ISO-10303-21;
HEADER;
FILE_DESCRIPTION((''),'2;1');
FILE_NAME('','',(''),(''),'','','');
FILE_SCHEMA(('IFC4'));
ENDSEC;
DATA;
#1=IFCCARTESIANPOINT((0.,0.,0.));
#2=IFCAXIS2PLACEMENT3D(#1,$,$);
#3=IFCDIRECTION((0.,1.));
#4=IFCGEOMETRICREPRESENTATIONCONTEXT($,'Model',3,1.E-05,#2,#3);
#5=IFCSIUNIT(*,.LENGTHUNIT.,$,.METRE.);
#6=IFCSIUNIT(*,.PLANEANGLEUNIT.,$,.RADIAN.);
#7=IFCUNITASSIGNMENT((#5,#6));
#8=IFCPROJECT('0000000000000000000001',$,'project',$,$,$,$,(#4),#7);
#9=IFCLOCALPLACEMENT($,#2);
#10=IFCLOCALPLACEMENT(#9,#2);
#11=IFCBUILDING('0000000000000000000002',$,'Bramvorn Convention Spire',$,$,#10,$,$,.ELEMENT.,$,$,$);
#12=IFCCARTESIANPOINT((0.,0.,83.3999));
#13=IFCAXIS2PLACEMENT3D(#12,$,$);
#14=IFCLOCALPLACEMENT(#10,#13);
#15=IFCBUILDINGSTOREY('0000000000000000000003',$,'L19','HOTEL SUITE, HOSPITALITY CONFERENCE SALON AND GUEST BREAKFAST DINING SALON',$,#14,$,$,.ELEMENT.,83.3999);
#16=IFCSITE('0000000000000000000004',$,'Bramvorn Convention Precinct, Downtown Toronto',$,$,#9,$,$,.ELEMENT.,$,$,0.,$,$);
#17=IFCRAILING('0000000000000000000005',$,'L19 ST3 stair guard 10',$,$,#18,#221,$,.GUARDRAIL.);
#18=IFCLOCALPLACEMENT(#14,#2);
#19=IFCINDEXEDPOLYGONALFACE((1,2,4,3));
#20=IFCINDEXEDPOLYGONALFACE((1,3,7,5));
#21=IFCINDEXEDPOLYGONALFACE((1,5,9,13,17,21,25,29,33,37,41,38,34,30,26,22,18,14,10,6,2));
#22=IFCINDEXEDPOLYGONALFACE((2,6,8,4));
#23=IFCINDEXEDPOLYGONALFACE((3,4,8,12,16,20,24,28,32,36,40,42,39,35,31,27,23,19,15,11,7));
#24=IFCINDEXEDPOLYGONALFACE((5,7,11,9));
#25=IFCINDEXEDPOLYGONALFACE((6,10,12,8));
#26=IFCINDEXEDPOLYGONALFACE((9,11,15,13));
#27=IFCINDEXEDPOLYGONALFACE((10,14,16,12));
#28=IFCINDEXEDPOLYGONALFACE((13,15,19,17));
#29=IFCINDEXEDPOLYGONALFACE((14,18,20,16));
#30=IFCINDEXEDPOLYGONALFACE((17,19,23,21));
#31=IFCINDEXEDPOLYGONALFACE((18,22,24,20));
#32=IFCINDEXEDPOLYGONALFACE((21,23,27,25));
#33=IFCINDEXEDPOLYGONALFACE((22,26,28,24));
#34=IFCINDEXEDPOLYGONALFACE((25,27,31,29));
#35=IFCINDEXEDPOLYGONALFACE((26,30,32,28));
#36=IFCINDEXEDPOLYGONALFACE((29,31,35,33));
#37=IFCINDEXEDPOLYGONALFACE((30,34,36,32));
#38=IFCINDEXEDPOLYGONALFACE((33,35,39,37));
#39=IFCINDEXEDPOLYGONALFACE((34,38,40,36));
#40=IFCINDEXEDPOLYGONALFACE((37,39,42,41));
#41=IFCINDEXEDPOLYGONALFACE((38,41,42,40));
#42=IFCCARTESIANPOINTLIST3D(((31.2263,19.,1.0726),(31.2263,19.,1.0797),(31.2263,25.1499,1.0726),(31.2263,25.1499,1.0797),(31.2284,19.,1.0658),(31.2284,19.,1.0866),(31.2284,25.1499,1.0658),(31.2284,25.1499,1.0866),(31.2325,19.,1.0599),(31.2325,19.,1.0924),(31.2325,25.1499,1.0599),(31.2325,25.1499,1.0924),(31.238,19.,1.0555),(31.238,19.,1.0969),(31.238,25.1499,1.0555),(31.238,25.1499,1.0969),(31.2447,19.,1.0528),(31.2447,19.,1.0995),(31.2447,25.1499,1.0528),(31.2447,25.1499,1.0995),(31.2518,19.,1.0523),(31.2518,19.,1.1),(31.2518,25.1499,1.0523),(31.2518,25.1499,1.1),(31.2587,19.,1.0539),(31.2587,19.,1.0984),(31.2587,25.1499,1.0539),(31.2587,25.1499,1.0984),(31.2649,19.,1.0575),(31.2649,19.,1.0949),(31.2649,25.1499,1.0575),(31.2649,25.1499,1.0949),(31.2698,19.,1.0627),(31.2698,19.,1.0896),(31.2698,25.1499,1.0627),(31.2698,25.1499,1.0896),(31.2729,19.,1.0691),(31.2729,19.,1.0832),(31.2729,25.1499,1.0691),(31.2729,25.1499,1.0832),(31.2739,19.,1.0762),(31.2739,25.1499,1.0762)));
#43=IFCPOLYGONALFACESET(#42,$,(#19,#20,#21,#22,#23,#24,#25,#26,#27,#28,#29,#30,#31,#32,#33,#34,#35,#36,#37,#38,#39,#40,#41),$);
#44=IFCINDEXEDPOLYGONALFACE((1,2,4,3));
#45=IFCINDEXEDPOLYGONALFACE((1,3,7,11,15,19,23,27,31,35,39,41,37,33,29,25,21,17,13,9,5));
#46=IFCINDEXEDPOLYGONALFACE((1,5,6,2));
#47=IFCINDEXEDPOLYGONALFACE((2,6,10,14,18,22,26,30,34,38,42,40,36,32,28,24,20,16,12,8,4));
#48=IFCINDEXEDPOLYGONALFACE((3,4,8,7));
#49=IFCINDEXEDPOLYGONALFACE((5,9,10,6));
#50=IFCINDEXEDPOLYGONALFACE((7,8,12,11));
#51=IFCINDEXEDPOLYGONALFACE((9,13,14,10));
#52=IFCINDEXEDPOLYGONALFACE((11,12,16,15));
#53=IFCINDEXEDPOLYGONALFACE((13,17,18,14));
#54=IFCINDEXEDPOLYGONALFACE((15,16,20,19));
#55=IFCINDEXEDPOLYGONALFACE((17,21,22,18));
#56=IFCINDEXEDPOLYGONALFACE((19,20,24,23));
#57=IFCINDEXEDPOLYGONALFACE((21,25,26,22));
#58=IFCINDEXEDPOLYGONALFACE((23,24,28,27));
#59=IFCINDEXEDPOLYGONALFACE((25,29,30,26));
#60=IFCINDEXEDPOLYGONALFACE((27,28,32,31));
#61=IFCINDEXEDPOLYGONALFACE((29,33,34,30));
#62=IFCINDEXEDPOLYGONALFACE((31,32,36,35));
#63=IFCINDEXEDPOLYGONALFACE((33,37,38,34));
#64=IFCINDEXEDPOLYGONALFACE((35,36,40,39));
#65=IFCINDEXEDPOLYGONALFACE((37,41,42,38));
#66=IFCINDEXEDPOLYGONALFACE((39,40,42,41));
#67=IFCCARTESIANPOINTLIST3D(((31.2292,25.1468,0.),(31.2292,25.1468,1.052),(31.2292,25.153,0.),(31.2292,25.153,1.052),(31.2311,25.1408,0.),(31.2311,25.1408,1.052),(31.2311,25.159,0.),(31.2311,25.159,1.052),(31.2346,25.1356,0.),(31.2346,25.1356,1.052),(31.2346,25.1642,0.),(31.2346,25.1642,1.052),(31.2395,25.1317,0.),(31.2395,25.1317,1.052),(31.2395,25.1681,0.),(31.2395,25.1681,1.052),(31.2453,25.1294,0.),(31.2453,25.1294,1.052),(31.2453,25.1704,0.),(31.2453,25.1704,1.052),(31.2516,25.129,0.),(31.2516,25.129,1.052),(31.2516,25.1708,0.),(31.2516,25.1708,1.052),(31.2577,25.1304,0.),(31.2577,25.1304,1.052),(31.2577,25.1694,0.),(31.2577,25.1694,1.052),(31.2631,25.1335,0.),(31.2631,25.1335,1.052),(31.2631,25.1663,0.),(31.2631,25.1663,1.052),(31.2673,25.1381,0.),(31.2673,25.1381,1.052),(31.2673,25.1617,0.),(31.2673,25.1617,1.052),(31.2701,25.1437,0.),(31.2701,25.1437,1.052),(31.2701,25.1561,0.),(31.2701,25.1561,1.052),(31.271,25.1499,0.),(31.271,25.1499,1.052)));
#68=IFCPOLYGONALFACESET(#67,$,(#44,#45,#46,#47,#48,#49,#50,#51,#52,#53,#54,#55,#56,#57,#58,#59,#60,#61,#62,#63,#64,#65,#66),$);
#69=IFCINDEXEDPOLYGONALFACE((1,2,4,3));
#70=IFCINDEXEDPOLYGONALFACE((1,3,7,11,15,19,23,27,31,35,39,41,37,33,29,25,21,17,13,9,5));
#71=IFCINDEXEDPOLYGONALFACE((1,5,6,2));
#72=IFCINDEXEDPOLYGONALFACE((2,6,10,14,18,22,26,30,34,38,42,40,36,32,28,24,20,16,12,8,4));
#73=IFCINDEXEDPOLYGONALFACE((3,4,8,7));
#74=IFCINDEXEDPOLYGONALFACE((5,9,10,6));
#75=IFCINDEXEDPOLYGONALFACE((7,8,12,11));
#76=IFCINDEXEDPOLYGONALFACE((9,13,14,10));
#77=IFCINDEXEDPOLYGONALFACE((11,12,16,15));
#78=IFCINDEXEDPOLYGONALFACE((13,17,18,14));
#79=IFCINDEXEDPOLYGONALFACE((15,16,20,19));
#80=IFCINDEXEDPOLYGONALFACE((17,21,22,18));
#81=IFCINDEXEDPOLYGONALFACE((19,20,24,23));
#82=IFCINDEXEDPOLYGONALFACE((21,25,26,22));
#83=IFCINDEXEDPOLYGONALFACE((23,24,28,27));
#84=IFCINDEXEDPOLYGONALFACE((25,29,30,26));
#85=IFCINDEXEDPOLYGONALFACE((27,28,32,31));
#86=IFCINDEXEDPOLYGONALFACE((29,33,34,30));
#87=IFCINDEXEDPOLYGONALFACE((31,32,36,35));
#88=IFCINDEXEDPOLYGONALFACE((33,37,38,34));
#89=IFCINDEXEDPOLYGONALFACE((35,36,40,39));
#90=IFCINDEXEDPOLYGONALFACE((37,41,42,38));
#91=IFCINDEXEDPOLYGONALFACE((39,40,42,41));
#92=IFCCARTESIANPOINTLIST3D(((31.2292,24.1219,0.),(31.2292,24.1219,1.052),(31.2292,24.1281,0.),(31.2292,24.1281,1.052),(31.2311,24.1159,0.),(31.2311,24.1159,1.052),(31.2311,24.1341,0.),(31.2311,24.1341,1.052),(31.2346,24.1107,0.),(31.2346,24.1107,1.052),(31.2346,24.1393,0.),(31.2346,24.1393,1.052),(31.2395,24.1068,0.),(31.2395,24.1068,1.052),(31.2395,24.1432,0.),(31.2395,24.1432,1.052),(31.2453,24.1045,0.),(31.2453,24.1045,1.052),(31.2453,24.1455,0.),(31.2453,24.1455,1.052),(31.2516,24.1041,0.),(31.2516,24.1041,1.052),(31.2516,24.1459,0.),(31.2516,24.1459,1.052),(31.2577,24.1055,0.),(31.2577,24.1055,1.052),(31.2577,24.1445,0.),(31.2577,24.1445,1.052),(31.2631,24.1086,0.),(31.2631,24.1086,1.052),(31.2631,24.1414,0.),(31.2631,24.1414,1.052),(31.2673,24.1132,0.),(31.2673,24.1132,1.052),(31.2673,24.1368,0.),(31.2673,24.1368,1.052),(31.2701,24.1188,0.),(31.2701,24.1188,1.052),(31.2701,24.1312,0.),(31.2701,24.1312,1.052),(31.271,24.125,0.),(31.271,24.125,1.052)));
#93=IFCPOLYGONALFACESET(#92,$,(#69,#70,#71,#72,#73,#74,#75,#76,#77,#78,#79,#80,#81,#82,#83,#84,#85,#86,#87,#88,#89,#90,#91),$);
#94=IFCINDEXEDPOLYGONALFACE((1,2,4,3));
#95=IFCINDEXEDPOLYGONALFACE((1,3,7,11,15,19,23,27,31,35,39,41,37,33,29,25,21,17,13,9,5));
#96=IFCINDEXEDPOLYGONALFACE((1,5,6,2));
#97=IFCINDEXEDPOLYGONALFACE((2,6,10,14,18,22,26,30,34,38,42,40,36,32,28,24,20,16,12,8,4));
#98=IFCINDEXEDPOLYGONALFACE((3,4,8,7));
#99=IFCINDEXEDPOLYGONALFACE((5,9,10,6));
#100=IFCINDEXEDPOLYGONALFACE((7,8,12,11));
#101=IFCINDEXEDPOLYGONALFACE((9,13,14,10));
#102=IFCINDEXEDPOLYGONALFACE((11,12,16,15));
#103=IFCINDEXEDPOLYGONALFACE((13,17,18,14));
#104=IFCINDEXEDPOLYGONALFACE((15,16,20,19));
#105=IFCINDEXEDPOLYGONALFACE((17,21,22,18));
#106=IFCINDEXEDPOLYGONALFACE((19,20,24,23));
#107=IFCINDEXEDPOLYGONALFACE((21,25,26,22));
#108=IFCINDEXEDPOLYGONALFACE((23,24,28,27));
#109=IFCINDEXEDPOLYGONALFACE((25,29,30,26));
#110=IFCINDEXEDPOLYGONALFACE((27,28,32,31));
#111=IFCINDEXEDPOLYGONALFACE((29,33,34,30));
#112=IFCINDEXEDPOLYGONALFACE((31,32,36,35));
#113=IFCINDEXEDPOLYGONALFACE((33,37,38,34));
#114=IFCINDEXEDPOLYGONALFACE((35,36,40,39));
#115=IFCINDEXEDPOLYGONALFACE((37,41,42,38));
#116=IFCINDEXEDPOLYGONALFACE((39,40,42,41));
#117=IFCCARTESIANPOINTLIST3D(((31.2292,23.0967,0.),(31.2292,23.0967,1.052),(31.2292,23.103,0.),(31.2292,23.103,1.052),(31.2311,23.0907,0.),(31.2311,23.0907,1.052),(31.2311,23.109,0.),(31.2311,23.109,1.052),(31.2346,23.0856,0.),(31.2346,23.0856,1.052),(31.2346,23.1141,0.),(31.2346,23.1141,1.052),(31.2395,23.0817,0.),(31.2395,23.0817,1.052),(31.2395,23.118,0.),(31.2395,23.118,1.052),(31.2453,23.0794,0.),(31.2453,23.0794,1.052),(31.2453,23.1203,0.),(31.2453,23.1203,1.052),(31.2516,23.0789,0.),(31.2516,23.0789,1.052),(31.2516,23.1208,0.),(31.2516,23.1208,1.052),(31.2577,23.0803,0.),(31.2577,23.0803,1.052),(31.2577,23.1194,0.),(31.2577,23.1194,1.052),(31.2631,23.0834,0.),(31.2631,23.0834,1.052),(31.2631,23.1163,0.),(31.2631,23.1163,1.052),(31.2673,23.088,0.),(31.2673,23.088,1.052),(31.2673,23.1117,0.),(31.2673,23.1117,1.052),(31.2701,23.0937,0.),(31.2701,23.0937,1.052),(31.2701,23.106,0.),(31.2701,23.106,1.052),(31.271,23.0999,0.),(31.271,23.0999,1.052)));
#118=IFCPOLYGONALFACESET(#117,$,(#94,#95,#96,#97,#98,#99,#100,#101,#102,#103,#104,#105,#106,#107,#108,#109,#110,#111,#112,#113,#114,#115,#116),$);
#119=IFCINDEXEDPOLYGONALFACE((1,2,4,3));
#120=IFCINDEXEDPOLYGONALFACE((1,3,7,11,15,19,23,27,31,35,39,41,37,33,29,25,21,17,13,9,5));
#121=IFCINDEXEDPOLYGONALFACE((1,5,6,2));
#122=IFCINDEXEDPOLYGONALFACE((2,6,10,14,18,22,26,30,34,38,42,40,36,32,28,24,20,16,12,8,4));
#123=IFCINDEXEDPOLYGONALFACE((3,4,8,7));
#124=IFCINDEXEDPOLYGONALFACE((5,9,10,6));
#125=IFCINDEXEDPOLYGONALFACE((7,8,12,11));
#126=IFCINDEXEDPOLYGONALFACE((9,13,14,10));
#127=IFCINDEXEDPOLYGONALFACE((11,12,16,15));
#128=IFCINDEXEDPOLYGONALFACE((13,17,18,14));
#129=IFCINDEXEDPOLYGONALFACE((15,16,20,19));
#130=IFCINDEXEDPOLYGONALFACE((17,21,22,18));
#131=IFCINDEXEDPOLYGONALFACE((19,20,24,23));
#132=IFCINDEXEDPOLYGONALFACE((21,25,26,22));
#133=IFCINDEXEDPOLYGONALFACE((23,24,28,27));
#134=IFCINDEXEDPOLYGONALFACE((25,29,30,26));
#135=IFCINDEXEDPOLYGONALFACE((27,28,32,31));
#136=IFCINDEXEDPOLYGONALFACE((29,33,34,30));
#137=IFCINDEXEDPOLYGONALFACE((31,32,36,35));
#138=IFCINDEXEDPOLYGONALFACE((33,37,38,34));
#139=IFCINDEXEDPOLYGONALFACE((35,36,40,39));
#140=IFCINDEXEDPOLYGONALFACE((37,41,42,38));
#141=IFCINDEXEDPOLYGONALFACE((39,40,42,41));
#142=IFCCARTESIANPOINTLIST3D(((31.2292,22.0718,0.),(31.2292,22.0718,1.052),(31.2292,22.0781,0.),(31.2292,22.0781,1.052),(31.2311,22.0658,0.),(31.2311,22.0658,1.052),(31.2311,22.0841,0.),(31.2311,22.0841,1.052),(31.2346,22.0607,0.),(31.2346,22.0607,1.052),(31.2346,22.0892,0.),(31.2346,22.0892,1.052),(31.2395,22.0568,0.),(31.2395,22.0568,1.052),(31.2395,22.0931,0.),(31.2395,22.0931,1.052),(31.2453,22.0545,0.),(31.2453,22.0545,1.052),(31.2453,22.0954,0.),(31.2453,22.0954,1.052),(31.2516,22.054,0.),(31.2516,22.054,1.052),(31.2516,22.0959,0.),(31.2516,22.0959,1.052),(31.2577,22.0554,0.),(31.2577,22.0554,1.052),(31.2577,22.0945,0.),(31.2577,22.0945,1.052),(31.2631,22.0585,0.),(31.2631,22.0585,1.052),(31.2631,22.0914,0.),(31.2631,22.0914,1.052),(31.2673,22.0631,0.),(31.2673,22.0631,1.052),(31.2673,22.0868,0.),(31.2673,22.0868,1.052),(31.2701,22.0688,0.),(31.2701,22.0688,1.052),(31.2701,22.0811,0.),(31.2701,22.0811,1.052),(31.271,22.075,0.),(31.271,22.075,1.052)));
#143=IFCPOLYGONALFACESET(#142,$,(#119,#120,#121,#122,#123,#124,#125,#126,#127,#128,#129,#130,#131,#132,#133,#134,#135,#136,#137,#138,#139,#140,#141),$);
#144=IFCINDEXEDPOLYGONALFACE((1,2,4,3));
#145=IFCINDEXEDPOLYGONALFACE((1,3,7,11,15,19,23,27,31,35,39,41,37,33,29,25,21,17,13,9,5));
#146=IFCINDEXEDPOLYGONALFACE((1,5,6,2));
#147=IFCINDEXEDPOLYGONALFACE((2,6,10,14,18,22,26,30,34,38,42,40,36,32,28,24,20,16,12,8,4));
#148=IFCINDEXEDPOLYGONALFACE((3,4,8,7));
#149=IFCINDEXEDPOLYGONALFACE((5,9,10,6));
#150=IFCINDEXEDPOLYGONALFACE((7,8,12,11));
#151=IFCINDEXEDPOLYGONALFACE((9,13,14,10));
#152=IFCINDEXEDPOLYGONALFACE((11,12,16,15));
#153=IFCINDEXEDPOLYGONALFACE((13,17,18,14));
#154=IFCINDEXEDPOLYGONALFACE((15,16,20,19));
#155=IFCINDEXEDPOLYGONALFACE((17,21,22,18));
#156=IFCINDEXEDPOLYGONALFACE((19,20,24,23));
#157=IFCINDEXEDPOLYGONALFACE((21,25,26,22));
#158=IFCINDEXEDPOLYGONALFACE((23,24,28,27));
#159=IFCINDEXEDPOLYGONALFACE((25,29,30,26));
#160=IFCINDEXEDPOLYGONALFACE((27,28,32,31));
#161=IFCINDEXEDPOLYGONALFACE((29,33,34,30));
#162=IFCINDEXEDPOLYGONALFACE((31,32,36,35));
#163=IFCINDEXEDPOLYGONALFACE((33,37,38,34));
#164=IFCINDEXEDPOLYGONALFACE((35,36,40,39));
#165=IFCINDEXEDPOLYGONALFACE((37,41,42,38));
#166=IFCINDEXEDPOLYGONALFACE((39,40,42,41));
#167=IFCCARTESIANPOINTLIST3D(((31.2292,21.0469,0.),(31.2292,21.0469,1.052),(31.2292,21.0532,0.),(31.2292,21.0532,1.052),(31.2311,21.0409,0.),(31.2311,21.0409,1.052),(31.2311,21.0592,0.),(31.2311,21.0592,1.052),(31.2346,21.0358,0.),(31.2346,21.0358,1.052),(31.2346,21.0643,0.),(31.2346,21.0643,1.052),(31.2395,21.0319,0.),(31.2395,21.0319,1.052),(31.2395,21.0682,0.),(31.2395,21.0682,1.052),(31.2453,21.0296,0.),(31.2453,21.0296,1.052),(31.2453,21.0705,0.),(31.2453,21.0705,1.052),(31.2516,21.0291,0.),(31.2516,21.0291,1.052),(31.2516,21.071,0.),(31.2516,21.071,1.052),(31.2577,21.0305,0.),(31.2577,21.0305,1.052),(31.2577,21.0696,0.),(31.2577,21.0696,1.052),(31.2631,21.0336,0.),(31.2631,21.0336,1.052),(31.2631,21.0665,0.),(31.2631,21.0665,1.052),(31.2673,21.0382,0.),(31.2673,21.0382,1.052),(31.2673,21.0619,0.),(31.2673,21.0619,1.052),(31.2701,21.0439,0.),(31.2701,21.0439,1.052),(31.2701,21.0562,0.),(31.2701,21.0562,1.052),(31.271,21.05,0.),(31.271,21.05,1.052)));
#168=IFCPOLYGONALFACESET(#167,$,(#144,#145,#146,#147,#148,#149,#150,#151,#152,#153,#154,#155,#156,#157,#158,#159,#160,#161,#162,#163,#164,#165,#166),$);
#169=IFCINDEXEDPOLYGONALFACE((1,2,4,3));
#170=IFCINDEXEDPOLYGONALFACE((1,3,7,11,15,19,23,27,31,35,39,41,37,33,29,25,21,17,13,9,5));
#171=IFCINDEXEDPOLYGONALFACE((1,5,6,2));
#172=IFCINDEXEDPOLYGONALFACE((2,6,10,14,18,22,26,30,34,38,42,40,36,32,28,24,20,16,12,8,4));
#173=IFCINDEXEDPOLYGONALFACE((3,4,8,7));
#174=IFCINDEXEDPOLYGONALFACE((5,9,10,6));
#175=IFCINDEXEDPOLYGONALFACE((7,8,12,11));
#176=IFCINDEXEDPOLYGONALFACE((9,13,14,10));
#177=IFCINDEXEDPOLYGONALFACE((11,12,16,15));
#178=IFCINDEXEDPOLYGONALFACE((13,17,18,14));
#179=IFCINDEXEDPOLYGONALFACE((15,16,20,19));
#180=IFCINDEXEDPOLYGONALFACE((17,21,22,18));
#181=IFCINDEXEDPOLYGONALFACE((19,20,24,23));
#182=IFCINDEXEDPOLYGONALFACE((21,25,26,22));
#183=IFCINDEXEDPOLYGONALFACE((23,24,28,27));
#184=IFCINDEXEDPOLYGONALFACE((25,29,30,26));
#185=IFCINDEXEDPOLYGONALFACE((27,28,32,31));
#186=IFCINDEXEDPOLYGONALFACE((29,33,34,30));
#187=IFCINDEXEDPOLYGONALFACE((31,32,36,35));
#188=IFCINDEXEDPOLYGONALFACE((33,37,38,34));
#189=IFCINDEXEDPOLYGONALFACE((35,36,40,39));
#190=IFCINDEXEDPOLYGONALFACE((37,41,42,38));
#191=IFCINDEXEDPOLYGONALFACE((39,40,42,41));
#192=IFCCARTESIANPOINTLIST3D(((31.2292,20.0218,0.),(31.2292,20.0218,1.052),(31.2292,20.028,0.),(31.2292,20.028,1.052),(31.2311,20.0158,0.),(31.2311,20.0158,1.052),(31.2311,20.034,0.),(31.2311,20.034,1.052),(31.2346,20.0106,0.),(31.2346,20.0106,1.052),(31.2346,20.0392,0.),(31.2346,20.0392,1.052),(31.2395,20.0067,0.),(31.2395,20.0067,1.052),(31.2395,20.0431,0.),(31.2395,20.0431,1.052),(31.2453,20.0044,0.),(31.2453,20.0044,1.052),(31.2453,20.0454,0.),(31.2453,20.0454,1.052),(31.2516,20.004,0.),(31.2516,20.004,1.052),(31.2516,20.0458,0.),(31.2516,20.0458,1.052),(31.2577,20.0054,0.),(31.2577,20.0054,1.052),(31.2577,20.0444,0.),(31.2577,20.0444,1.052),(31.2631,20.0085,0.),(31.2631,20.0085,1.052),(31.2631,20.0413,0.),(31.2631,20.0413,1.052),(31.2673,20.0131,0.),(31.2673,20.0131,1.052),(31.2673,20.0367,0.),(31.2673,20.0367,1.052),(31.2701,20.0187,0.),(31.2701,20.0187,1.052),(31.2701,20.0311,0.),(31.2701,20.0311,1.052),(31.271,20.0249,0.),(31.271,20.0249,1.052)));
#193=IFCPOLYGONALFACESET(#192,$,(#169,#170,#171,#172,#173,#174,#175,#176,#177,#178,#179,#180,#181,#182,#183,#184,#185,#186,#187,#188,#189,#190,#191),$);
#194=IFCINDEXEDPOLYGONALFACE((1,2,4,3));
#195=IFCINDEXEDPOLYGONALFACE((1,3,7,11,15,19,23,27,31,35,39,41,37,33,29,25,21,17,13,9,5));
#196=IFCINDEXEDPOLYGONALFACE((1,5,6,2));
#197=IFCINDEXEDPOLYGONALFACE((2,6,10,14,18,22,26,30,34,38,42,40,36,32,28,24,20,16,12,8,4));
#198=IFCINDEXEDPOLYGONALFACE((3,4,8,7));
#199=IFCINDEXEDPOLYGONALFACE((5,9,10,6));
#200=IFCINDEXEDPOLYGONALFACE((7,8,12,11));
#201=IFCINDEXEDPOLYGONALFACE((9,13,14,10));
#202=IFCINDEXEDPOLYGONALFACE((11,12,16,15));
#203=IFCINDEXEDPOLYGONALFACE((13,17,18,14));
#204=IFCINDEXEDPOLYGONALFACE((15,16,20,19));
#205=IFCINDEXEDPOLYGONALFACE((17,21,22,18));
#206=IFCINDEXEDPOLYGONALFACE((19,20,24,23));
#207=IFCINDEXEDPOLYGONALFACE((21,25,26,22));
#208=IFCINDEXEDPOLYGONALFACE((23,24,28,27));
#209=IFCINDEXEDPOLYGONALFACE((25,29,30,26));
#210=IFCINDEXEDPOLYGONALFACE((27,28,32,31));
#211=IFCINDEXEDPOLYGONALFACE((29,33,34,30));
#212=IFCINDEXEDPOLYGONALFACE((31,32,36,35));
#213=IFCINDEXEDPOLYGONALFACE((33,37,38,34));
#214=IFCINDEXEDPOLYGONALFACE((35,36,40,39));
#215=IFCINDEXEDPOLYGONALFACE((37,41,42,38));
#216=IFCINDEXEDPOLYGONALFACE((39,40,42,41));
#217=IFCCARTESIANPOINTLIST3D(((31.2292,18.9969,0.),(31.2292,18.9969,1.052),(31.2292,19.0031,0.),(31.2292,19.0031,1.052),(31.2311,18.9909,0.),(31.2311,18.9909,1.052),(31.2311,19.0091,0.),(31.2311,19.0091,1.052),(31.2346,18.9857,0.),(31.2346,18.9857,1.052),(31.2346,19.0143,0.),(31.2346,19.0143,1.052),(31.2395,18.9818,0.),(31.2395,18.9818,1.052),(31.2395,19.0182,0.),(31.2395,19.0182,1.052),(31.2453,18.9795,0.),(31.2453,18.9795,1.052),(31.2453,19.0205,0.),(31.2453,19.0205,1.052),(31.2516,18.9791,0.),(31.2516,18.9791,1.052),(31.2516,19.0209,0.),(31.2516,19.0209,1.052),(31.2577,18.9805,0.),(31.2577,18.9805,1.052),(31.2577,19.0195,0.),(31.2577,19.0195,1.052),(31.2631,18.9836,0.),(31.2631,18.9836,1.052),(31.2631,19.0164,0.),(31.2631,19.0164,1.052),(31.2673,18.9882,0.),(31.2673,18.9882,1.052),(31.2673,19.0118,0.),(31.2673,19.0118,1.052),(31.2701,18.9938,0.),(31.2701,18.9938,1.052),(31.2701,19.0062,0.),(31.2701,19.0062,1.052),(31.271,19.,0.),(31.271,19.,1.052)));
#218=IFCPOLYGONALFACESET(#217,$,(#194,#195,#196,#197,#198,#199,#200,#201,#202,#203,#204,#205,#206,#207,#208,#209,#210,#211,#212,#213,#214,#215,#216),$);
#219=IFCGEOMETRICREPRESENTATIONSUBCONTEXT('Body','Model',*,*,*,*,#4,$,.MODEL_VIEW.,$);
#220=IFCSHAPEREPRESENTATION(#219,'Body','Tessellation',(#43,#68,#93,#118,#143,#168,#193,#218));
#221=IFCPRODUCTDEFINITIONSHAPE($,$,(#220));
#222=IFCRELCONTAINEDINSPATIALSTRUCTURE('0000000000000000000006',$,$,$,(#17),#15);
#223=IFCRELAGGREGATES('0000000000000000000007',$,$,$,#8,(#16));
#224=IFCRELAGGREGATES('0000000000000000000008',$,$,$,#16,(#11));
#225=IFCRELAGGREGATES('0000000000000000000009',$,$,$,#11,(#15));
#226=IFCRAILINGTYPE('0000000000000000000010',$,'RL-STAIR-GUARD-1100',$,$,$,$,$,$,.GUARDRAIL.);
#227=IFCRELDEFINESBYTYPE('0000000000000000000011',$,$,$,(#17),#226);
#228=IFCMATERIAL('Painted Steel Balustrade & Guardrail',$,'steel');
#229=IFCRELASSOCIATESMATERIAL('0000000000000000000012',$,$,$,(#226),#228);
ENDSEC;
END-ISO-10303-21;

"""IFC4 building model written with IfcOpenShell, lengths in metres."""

from ifc_helpers import new_model, si_unit, direction, frame, origin, origin_2d, place, context, subcontext, project, spatial, circle, extrude, material, type_object, element, save


model = new_model("IFC4")

# Units and contexts
model_context = context("Model", 3, precision=1e-05, world=origin(), true_north=direction((0.0, 1.0)))
body_context = subcontext(model_context, "Body", "Model", "MODEL_VIEW")
ifc_project = project(units=[si_unit("LENGTHUNIT", "METRE"), si_unit("PLANEANGLEUNIT", "RADIAN")], contexts=[model_context])

# Site, building, storey
site_placement = place(None, origin())
site = spatial("IfcSite", under=ifc_project, at=site_placement, Name="Bramvorn Convention Precinct, Downtown Toronto", CompositionType="ELEMENT", RefElevation=0.0)
building_placement = place(site_placement, origin())
building = spatial("IfcBuilding", under=site, at=building_placement, Name="Bramvorn Convention Spire", CompositionType="ELEMENT")
storey_placement = place(building_placement, frame((0.0, 0.0, 83.3999)))
storey = spatial("IfcBuildingStorey", under=building, at=storey_placement, Name="L19", Description="HOTEL SUITE, HOSPITALITY CONFERENCE SALON AND GUEST BREAKFAST DINING SALON", CompositionType="ELEMENT", Elevation=83.3999)

# Railing
ifc_material_1 = material(Name="Painted Steel Balustrade & Guardrail", Category="steel")
railing_type_1 = type_object("IfcRailingType", Name="RL-STAIR-GUARD-1100", PredefinedType="GUARDRAIL", material=ifc_material_1)
railing_1_placement = place(storey_placement, frame((31.25, 25.1499, 0.0)))
element("IfcRailing", 1, at=railing_1_placement, inside=storey, type_object=railing_type_1, Name="L19 ST3 stair guard 10", PredefinedType="GUARDRAIL", context=body_context, shape_type="SweptSolid", body=[
    extrude(circle(Radius=0.0239, at=origin_2d()), frame((0.0, 0.0, 1.0762), z_axis=(0.0, -1.0, 0.0), x_axis=(1.0, 0.0, 0.0)), (0.0, 0.0, 1.0), 6.1499),
    extrude(circle(Radius=0.021, at=origin_2d()), origin(), (0.0, 0.0, 1.0), 1.052),
    extrude(circle(Radius=0.021, at=origin_2d()), frame((0.0, -1.0249, 0.0)), (0.0, 0.0, 1.0), 1.052),
    extrude(circle(Radius=0.021, at=origin_2d()), frame((0.0, -2.05, 0.0)), (0.0, 0.0, 1.0), 1.052),
    extrude(circle(Radius=0.021, at=origin_2d()), frame((0.0, -3.075, 0.0)), (0.0, 0.0, 1.0), 1.052),
    extrude(circle(Radius=0.021, at=origin_2d()), frame((0.0, -4.0999, 0.0)), (0.0, 0.0, 1.0), 1.052),
    extrude(circle(Radius=0.021, at=origin_2d()), frame((0.0, -5.125, 0.0)), (0.0, 0.0, 1.0), 1.052),
    extrude(circle(Radius=0.021, at=origin_2d()), frame((0.0, -6.1499, 0.0)), (0.0, 0.0, 1.0), 1.052),
])

save(model, "model.ifc")
